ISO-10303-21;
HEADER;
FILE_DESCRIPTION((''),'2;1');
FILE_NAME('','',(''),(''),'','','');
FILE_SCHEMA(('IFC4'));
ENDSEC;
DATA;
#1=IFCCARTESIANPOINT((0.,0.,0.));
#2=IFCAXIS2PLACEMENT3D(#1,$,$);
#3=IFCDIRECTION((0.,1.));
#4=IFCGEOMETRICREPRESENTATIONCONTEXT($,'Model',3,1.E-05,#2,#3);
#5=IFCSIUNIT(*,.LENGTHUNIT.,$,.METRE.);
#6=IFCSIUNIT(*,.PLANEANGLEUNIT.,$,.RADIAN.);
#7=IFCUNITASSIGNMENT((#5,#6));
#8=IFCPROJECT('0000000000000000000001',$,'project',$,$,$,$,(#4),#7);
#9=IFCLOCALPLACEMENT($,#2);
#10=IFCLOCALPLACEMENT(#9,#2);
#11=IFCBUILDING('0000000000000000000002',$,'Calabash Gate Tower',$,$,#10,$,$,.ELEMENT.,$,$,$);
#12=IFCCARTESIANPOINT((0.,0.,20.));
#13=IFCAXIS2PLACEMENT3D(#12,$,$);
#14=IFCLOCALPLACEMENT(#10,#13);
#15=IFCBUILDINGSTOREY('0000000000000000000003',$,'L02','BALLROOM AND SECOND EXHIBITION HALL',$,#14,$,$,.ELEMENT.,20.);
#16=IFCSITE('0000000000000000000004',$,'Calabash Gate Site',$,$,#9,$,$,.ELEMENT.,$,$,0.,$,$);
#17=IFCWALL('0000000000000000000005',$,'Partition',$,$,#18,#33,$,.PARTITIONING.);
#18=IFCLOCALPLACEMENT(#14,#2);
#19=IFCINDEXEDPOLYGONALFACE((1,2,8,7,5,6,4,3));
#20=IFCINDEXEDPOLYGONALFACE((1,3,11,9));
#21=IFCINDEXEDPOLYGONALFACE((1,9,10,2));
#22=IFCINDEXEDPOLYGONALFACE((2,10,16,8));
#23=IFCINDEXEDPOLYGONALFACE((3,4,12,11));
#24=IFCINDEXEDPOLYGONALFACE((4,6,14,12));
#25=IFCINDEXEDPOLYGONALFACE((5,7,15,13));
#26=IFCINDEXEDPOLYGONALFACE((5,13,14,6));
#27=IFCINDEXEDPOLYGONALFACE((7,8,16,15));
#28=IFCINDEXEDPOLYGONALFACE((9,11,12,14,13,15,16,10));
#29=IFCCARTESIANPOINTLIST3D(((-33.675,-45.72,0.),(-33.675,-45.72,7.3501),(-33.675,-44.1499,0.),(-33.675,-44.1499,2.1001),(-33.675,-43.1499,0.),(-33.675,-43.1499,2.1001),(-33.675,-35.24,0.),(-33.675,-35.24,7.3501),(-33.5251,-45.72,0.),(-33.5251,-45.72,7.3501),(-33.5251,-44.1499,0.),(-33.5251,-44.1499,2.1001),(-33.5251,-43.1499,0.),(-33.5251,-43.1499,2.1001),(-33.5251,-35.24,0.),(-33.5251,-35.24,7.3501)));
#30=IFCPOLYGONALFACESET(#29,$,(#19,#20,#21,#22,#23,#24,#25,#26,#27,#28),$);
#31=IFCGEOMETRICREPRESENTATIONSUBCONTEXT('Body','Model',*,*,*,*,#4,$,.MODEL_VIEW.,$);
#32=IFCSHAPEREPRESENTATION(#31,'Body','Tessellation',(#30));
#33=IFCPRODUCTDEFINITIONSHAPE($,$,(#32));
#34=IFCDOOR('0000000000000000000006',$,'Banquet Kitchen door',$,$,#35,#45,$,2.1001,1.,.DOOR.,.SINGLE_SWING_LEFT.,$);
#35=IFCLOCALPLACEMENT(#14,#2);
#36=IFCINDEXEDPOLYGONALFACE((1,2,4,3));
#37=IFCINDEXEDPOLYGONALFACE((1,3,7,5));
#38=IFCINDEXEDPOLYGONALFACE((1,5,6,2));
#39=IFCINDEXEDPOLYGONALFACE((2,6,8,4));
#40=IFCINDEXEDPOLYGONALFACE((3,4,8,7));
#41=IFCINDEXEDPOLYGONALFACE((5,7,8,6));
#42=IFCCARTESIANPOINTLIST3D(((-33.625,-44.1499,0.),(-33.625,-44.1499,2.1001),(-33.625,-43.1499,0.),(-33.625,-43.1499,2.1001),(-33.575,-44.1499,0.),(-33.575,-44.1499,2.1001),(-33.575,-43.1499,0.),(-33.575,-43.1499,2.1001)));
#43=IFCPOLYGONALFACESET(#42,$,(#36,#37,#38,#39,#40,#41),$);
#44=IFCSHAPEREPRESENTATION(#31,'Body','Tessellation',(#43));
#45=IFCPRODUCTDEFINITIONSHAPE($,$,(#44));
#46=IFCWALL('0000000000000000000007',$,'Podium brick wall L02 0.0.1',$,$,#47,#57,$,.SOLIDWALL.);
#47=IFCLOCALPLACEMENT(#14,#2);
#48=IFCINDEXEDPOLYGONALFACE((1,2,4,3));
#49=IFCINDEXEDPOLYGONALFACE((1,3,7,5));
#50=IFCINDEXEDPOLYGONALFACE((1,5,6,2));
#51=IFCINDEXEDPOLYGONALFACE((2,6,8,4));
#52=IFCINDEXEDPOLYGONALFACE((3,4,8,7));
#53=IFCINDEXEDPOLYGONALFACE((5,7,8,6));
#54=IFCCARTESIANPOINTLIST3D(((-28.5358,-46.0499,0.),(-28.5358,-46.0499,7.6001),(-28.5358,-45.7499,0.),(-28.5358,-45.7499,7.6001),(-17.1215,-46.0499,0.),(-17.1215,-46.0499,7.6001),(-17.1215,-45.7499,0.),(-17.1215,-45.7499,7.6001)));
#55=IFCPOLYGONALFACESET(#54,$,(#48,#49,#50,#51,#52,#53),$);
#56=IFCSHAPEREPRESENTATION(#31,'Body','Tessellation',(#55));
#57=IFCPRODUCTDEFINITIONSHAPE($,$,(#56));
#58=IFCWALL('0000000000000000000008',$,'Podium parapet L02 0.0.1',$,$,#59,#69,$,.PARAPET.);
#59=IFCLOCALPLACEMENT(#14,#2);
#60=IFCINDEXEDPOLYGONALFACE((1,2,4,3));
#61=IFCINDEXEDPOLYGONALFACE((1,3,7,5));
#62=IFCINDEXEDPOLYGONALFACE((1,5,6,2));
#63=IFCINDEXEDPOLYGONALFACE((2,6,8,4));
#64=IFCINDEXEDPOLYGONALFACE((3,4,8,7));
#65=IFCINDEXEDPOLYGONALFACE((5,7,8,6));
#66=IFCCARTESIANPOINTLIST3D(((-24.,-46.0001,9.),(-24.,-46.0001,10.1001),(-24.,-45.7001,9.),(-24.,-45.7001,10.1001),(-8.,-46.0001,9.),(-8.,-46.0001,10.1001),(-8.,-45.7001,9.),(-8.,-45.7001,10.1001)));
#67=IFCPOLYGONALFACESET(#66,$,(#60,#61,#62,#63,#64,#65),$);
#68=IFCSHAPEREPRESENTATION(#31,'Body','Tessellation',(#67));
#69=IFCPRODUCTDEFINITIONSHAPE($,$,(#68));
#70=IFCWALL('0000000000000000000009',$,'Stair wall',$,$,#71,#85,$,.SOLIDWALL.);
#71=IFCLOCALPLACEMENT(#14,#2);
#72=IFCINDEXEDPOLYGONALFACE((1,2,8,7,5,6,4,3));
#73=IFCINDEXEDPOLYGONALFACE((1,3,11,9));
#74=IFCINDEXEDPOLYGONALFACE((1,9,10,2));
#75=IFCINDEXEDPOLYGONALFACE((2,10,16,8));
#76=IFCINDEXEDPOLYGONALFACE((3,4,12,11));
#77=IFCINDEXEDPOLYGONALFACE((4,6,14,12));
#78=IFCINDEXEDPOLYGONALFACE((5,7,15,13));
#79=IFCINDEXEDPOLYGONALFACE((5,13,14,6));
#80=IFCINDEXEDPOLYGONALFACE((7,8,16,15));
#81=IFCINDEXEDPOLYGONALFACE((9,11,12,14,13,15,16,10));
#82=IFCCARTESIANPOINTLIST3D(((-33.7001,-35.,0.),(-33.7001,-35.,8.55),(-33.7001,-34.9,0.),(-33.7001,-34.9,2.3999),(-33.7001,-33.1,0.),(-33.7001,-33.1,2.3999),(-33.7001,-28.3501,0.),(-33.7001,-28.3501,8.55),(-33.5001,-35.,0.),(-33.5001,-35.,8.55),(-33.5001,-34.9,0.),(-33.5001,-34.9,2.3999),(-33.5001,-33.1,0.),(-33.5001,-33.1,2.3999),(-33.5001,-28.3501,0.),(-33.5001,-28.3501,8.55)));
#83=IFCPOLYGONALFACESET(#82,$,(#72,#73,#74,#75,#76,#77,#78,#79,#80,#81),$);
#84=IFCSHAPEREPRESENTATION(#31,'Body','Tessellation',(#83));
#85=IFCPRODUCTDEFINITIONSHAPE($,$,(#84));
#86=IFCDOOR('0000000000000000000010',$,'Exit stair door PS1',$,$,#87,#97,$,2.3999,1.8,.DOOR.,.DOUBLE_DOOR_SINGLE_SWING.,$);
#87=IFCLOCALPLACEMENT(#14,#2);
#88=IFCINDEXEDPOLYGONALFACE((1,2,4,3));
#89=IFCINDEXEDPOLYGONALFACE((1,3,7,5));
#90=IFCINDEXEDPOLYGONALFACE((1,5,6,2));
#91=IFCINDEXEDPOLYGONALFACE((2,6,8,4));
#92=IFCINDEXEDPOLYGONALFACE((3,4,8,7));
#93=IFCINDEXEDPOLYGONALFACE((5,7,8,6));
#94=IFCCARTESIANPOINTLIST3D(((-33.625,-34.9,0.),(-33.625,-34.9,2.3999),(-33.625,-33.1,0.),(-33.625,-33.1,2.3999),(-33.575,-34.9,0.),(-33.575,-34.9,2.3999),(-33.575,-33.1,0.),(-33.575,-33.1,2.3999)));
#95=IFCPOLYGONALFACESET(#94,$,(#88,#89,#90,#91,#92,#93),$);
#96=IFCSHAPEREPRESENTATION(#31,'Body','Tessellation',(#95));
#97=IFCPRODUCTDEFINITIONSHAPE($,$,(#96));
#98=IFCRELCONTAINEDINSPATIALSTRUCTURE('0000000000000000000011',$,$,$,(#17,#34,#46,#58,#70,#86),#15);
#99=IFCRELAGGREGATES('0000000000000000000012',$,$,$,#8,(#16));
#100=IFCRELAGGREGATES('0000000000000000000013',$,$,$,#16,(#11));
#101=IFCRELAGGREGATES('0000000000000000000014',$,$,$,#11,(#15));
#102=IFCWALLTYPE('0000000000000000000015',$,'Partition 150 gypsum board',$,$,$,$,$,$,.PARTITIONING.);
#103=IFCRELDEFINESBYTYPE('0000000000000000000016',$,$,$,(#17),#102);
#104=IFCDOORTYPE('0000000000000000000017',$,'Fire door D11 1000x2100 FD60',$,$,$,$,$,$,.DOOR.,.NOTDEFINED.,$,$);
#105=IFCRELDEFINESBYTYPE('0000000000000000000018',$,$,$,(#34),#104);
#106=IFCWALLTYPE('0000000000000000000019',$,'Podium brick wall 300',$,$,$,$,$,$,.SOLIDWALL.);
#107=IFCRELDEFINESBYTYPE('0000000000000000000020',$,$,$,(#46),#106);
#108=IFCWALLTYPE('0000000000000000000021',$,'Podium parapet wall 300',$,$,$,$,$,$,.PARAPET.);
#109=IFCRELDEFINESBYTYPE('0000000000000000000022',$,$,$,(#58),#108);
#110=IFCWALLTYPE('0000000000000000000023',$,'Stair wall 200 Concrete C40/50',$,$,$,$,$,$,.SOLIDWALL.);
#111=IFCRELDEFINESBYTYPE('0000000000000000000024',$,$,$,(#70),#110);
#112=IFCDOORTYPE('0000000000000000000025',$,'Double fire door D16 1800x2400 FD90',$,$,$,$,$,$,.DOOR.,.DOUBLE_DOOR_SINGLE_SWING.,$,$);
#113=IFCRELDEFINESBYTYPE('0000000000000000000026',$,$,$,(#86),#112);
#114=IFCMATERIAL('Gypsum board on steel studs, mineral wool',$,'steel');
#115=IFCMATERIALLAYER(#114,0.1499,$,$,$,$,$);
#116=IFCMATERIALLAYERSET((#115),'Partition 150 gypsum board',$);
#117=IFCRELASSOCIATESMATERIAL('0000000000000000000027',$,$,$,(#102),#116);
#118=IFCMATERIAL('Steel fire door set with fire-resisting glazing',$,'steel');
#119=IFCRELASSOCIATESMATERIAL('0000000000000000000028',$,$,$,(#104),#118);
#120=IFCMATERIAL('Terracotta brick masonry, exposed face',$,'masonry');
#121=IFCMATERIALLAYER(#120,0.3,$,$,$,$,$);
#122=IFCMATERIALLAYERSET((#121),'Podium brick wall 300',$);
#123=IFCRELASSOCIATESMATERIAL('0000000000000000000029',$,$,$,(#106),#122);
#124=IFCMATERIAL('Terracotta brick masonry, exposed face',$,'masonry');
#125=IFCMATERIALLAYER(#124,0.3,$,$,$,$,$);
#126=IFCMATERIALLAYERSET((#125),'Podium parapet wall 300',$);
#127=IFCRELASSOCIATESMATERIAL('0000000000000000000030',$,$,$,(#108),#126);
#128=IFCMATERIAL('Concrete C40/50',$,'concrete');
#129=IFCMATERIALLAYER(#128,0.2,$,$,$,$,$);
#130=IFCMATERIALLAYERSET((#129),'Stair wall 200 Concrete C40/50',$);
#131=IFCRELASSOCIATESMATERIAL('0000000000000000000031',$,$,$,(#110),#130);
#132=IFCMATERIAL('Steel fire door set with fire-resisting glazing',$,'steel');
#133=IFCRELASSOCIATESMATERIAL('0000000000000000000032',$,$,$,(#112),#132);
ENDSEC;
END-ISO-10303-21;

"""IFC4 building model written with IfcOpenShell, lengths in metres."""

from ifc_helpers import new_model, si_unit, direction, frame, frame_2d, origin, place, context, subcontext, project, spatial, rectangle, extrude, material, layer, layer_set, type_object, element, fill, save


model = new_model("IFC4")

# Units and contexts
model_context = context("Model", 3, precision=1e-05, world=origin(), true_north=direction((0.0, 1.0)))
body_context = subcontext(model_context, "Body", "Model", "MODEL_VIEW")
ifc_project = project(units=[si_unit("LENGTHUNIT", "METRE"), si_unit("PLANEANGLEUNIT", "RADIAN")], contexts=[model_context])

# Site, building, storey
site_placement = place(None, origin())
site = spatial("IfcSite", under=ifc_project, at=site_placement, Name="Calabash Gate Site", CompositionType="ELEMENT", RefElevation=0.0)
building_placement = place(site_placement, origin())
building = spatial("IfcBuilding", under=site, at=building_placement, Name="Calabash Gate Tower", CompositionType="ELEMENT")
storey_placement = place(building_placement, frame((0.0, 0.0, 20.0)))
storey = spatial("IfcBuildingStorey", under=building, at=storey_placement, Name="L02", Description="BALLROOM AND SECOND EXHIBITION HALL", CompositionType="ELEMENT", Elevation=20.0)

# Wall, opening, door
ifc_material_1 = material(Name="Gypsum board on steel studs, mineral wool", Category="steel")
ifc_layer_1 = layer(ifc_material_1, 0.1499)
ifc_layer_set_1 = layer_set([ifc_layer_1], Name="Partition 150 gypsum board")
wall_type_1 = type_object("IfcWallType", Name="Partition 150 gypsum board", PredefinedType="PARTITIONING", material=ifc_layer_set_1)
wall_1_placement = place(storey_placement, frame((-33.6001, -45.72, 0.0), z_axis=(0.0, 0.0, 1.0), x_axis=(0.0, 1.0, 0.0)))
wall_1 = element("IfcWall", 1, at=wall_1_placement, inside=storey, type_object=wall_type_1, Name="Partition", PredefinedType="PARTITIONING", context=body_context, shape_type="SweptSolid", body=[
    extrude(rectangle(XDim=10.48, YDim=0.1499, at=frame_2d((5.24, 0.0))), origin(), (0.0, 0.0, 1.0), 7.3501),
])
opening_1_placement = place(wall_1_placement, frame((1.5701, 0.0, 0.0)))
opening_1 = element("IfcOpeningElement", 2, at=opening_1_placement, cuts=wall_1, PredefinedType="OPENING", context=body_context, shape_type="SweptSolid", body=[
    extrude(rectangle(XDim=1.0, YDim=2.1001, at=frame_2d((0.5, 1.05))), frame((0.0, 0.085, 0.0), z_axis=(0.0, -1.0, 0.0), x_axis=(1.0, 0.0, 0.0)), (0.0, 0.0, 1.0), 0.1699),
])
ifc_material_2 = material(Name="Steel fire door set with fire-resisting glazing", Category="steel")
door_type_1 = type_object("IfcDoorType", Name="Fire door D11 1000x2100 FD60", OperationType="NOTDEFINED", PredefinedType="DOOR", material=ifc_material_2)
door_1_placement = place(opening_1_placement, origin())
door_1 = element("IfcDoor", 3, at=door_1_placement, inside=storey, type_object=door_type_1, Name="Banquet Kitchen door", OperationType="SINGLE_SWING_LEFT", OverallHeight=2.1001, OverallWidth=1.0, PredefinedType="DOOR", context=body_context, shape_type="SweptSolid", body=[
    extrude(rectangle(XDim=1.0, YDim=2.1001, at=frame_2d((0.5, 1.05))), frame((0.0, 0.0249, 0.0), z_axis=(0.0, -1.0, 0.0), x_axis=(1.0, 0.0, 0.0)), (0.0, 0.0, 1.0), 0.05),
])
fill(opening_1, door_1)

# Walls
ifc_material_3 = material(Name="Terracotta brick masonry, exposed face", Category="masonry")
ifc_layer_2 = layer(ifc_material_3, 0.3)
ifc_layer_set_2 = layer_set([ifc_layer_2], Name="Podium brick wall 300")
wall_type_2 = type_object("IfcWallType", Name="Podium brick wall 300", PredefinedType="SOLIDWALL", material=ifc_layer_set_2)
wall_2_placement = place(storey_placement, frame((-28.5356, -45.8999, 0.0), z_axis=(0.0, 0.0, 1.0), x_axis=(1.0, 0.0, 0.0)))
element("IfcWall", 4, at=wall_2_placement, inside=storey, type_object=wall_type_2, Name="Podium brick wall L02 0.0.1", PredefinedType="SOLIDWALL", context=body_context, shape_type="SweptSolid", body=[
    extrude(rectangle(XDim=11.4143, YDim=0.3, at=frame_2d((5.707, 0.0))), origin(), (0.0, 0.0, 1.0), 7.6001),
])
ifc_material_4 = material(Name="Terracotta brick masonry, exposed face", Category="masonry")
ifc_layer_3 = layer(ifc_material_4, 0.3)
ifc_layer_set_3 = layer_set([ifc_layer_3], Name="Podium parapet wall 300")
wall_type_3 = type_object("IfcWallType", Name="Podium parapet wall 300", PredefinedType="PARAPET", material=ifc_layer_set_3)
wall_3_placement = place(storey_placement, frame((-24.0, -45.8501, 9.0), z_axis=(0.0, 0.0, 1.0), x_axis=(1.0, 0.0, 0.0)))
element("IfcWall", 5, at=wall_3_placement, inside=storey, type_object=wall_type_3, Name="Podium parapet L02 0.0.1", PredefinedType="PARAPET", context=body_context, shape_type="SweptSolid", body=[
    extrude(rectangle(XDim=16.0, YDim=0.3, at=frame_2d((8.0, 0.0))), origin(), (0.0, 0.0, 1.0), 1.1001),
])

# Wall, opening, door
ifc_material_5 = material(Name="Concrete C40/50", Category="concrete")
ifc_layer_4 = layer(ifc_material_5, 0.2)
ifc_layer_set_4 = layer_set([ifc_layer_4], Name="Stair wall 200 Concrete C40/50")
wall_type_4 = type_object("IfcWallType", Name="Stair wall 200 Concrete C40/50", PredefinedType="SOLIDWALL", material=ifc_layer_set_4)
wall_4_placement = place(storey_placement, frame((-33.6001, -35.0, 0.0), z_axis=(0.0, 0.0, 1.0), x_axis=(0.0, 1.0, 0.0)))
wall_4 = element("IfcWall", 6, at=wall_4_placement, inside=storey, type_object=wall_type_4, Name="Stair wall", PredefinedType="SOLIDWALL", context=body_context, shape_type="SweptSolid", body=[
    extrude(rectangle(XDim=6.6499, YDim=0.2, at=frame_2d((3.325, 0.0))), origin(), (0.0, 0.0, 1.0), 8.55),
])
opening_2_placement = place(wall_4_placement, frame((0.1001, 0.0, 0.0)))
opening_2 = element("IfcOpeningElement", 7, at=opening_2_placement, cuts=wall_4, PredefinedType="OPENING", context=body_context, shape_type="SweptSolid", body=[
    extrude(rectangle(XDim=1.8, YDim=2.3999, at=frame_2d((0.8999, 1.2))), frame((0.0, 0.1099, 0.0), z_axis=(0.0, -1.0, 0.0), x_axis=(1.0, 0.0, 0.0)), (0.0, 0.0, 1.0), 0.22),
])
ifc_material_6 = material(Name="Steel fire door set with fire-resisting glazing", Category="steel")
door_type_2 = type_object("IfcDoorType", Name="Double fire door D16 1800x2400 FD90", OperationType="DOUBLE_DOOR_SINGLE_SWING", PredefinedType="DOOR", material=ifc_material_6)
door_2_placement = place(opening_2_placement, origin())
door_2 = element("IfcDoor", 8, at=door_2_placement, inside=storey, type_object=door_type_2, Name="Exit stair door PS1", OperationType="DOUBLE_DOOR_SINGLE_SWING", OverallHeight=2.3999, OverallWidth=1.8, PredefinedType="DOOR", context=body_context, shape_type="SweptSolid", body=[
    extrude(rectangle(XDim=1.8, YDim=2.3999, at=frame_2d((0.8999, 1.2))), frame((0.0, 0.0249, 0.0), z_axis=(0.0, -1.0, 0.0), x_axis=(1.0, 0.0, 0.0)), (0.0, 0.0, 1.0), 0.05),
])
fill(opening_2, door_2)

save(model, "model.ifc")
